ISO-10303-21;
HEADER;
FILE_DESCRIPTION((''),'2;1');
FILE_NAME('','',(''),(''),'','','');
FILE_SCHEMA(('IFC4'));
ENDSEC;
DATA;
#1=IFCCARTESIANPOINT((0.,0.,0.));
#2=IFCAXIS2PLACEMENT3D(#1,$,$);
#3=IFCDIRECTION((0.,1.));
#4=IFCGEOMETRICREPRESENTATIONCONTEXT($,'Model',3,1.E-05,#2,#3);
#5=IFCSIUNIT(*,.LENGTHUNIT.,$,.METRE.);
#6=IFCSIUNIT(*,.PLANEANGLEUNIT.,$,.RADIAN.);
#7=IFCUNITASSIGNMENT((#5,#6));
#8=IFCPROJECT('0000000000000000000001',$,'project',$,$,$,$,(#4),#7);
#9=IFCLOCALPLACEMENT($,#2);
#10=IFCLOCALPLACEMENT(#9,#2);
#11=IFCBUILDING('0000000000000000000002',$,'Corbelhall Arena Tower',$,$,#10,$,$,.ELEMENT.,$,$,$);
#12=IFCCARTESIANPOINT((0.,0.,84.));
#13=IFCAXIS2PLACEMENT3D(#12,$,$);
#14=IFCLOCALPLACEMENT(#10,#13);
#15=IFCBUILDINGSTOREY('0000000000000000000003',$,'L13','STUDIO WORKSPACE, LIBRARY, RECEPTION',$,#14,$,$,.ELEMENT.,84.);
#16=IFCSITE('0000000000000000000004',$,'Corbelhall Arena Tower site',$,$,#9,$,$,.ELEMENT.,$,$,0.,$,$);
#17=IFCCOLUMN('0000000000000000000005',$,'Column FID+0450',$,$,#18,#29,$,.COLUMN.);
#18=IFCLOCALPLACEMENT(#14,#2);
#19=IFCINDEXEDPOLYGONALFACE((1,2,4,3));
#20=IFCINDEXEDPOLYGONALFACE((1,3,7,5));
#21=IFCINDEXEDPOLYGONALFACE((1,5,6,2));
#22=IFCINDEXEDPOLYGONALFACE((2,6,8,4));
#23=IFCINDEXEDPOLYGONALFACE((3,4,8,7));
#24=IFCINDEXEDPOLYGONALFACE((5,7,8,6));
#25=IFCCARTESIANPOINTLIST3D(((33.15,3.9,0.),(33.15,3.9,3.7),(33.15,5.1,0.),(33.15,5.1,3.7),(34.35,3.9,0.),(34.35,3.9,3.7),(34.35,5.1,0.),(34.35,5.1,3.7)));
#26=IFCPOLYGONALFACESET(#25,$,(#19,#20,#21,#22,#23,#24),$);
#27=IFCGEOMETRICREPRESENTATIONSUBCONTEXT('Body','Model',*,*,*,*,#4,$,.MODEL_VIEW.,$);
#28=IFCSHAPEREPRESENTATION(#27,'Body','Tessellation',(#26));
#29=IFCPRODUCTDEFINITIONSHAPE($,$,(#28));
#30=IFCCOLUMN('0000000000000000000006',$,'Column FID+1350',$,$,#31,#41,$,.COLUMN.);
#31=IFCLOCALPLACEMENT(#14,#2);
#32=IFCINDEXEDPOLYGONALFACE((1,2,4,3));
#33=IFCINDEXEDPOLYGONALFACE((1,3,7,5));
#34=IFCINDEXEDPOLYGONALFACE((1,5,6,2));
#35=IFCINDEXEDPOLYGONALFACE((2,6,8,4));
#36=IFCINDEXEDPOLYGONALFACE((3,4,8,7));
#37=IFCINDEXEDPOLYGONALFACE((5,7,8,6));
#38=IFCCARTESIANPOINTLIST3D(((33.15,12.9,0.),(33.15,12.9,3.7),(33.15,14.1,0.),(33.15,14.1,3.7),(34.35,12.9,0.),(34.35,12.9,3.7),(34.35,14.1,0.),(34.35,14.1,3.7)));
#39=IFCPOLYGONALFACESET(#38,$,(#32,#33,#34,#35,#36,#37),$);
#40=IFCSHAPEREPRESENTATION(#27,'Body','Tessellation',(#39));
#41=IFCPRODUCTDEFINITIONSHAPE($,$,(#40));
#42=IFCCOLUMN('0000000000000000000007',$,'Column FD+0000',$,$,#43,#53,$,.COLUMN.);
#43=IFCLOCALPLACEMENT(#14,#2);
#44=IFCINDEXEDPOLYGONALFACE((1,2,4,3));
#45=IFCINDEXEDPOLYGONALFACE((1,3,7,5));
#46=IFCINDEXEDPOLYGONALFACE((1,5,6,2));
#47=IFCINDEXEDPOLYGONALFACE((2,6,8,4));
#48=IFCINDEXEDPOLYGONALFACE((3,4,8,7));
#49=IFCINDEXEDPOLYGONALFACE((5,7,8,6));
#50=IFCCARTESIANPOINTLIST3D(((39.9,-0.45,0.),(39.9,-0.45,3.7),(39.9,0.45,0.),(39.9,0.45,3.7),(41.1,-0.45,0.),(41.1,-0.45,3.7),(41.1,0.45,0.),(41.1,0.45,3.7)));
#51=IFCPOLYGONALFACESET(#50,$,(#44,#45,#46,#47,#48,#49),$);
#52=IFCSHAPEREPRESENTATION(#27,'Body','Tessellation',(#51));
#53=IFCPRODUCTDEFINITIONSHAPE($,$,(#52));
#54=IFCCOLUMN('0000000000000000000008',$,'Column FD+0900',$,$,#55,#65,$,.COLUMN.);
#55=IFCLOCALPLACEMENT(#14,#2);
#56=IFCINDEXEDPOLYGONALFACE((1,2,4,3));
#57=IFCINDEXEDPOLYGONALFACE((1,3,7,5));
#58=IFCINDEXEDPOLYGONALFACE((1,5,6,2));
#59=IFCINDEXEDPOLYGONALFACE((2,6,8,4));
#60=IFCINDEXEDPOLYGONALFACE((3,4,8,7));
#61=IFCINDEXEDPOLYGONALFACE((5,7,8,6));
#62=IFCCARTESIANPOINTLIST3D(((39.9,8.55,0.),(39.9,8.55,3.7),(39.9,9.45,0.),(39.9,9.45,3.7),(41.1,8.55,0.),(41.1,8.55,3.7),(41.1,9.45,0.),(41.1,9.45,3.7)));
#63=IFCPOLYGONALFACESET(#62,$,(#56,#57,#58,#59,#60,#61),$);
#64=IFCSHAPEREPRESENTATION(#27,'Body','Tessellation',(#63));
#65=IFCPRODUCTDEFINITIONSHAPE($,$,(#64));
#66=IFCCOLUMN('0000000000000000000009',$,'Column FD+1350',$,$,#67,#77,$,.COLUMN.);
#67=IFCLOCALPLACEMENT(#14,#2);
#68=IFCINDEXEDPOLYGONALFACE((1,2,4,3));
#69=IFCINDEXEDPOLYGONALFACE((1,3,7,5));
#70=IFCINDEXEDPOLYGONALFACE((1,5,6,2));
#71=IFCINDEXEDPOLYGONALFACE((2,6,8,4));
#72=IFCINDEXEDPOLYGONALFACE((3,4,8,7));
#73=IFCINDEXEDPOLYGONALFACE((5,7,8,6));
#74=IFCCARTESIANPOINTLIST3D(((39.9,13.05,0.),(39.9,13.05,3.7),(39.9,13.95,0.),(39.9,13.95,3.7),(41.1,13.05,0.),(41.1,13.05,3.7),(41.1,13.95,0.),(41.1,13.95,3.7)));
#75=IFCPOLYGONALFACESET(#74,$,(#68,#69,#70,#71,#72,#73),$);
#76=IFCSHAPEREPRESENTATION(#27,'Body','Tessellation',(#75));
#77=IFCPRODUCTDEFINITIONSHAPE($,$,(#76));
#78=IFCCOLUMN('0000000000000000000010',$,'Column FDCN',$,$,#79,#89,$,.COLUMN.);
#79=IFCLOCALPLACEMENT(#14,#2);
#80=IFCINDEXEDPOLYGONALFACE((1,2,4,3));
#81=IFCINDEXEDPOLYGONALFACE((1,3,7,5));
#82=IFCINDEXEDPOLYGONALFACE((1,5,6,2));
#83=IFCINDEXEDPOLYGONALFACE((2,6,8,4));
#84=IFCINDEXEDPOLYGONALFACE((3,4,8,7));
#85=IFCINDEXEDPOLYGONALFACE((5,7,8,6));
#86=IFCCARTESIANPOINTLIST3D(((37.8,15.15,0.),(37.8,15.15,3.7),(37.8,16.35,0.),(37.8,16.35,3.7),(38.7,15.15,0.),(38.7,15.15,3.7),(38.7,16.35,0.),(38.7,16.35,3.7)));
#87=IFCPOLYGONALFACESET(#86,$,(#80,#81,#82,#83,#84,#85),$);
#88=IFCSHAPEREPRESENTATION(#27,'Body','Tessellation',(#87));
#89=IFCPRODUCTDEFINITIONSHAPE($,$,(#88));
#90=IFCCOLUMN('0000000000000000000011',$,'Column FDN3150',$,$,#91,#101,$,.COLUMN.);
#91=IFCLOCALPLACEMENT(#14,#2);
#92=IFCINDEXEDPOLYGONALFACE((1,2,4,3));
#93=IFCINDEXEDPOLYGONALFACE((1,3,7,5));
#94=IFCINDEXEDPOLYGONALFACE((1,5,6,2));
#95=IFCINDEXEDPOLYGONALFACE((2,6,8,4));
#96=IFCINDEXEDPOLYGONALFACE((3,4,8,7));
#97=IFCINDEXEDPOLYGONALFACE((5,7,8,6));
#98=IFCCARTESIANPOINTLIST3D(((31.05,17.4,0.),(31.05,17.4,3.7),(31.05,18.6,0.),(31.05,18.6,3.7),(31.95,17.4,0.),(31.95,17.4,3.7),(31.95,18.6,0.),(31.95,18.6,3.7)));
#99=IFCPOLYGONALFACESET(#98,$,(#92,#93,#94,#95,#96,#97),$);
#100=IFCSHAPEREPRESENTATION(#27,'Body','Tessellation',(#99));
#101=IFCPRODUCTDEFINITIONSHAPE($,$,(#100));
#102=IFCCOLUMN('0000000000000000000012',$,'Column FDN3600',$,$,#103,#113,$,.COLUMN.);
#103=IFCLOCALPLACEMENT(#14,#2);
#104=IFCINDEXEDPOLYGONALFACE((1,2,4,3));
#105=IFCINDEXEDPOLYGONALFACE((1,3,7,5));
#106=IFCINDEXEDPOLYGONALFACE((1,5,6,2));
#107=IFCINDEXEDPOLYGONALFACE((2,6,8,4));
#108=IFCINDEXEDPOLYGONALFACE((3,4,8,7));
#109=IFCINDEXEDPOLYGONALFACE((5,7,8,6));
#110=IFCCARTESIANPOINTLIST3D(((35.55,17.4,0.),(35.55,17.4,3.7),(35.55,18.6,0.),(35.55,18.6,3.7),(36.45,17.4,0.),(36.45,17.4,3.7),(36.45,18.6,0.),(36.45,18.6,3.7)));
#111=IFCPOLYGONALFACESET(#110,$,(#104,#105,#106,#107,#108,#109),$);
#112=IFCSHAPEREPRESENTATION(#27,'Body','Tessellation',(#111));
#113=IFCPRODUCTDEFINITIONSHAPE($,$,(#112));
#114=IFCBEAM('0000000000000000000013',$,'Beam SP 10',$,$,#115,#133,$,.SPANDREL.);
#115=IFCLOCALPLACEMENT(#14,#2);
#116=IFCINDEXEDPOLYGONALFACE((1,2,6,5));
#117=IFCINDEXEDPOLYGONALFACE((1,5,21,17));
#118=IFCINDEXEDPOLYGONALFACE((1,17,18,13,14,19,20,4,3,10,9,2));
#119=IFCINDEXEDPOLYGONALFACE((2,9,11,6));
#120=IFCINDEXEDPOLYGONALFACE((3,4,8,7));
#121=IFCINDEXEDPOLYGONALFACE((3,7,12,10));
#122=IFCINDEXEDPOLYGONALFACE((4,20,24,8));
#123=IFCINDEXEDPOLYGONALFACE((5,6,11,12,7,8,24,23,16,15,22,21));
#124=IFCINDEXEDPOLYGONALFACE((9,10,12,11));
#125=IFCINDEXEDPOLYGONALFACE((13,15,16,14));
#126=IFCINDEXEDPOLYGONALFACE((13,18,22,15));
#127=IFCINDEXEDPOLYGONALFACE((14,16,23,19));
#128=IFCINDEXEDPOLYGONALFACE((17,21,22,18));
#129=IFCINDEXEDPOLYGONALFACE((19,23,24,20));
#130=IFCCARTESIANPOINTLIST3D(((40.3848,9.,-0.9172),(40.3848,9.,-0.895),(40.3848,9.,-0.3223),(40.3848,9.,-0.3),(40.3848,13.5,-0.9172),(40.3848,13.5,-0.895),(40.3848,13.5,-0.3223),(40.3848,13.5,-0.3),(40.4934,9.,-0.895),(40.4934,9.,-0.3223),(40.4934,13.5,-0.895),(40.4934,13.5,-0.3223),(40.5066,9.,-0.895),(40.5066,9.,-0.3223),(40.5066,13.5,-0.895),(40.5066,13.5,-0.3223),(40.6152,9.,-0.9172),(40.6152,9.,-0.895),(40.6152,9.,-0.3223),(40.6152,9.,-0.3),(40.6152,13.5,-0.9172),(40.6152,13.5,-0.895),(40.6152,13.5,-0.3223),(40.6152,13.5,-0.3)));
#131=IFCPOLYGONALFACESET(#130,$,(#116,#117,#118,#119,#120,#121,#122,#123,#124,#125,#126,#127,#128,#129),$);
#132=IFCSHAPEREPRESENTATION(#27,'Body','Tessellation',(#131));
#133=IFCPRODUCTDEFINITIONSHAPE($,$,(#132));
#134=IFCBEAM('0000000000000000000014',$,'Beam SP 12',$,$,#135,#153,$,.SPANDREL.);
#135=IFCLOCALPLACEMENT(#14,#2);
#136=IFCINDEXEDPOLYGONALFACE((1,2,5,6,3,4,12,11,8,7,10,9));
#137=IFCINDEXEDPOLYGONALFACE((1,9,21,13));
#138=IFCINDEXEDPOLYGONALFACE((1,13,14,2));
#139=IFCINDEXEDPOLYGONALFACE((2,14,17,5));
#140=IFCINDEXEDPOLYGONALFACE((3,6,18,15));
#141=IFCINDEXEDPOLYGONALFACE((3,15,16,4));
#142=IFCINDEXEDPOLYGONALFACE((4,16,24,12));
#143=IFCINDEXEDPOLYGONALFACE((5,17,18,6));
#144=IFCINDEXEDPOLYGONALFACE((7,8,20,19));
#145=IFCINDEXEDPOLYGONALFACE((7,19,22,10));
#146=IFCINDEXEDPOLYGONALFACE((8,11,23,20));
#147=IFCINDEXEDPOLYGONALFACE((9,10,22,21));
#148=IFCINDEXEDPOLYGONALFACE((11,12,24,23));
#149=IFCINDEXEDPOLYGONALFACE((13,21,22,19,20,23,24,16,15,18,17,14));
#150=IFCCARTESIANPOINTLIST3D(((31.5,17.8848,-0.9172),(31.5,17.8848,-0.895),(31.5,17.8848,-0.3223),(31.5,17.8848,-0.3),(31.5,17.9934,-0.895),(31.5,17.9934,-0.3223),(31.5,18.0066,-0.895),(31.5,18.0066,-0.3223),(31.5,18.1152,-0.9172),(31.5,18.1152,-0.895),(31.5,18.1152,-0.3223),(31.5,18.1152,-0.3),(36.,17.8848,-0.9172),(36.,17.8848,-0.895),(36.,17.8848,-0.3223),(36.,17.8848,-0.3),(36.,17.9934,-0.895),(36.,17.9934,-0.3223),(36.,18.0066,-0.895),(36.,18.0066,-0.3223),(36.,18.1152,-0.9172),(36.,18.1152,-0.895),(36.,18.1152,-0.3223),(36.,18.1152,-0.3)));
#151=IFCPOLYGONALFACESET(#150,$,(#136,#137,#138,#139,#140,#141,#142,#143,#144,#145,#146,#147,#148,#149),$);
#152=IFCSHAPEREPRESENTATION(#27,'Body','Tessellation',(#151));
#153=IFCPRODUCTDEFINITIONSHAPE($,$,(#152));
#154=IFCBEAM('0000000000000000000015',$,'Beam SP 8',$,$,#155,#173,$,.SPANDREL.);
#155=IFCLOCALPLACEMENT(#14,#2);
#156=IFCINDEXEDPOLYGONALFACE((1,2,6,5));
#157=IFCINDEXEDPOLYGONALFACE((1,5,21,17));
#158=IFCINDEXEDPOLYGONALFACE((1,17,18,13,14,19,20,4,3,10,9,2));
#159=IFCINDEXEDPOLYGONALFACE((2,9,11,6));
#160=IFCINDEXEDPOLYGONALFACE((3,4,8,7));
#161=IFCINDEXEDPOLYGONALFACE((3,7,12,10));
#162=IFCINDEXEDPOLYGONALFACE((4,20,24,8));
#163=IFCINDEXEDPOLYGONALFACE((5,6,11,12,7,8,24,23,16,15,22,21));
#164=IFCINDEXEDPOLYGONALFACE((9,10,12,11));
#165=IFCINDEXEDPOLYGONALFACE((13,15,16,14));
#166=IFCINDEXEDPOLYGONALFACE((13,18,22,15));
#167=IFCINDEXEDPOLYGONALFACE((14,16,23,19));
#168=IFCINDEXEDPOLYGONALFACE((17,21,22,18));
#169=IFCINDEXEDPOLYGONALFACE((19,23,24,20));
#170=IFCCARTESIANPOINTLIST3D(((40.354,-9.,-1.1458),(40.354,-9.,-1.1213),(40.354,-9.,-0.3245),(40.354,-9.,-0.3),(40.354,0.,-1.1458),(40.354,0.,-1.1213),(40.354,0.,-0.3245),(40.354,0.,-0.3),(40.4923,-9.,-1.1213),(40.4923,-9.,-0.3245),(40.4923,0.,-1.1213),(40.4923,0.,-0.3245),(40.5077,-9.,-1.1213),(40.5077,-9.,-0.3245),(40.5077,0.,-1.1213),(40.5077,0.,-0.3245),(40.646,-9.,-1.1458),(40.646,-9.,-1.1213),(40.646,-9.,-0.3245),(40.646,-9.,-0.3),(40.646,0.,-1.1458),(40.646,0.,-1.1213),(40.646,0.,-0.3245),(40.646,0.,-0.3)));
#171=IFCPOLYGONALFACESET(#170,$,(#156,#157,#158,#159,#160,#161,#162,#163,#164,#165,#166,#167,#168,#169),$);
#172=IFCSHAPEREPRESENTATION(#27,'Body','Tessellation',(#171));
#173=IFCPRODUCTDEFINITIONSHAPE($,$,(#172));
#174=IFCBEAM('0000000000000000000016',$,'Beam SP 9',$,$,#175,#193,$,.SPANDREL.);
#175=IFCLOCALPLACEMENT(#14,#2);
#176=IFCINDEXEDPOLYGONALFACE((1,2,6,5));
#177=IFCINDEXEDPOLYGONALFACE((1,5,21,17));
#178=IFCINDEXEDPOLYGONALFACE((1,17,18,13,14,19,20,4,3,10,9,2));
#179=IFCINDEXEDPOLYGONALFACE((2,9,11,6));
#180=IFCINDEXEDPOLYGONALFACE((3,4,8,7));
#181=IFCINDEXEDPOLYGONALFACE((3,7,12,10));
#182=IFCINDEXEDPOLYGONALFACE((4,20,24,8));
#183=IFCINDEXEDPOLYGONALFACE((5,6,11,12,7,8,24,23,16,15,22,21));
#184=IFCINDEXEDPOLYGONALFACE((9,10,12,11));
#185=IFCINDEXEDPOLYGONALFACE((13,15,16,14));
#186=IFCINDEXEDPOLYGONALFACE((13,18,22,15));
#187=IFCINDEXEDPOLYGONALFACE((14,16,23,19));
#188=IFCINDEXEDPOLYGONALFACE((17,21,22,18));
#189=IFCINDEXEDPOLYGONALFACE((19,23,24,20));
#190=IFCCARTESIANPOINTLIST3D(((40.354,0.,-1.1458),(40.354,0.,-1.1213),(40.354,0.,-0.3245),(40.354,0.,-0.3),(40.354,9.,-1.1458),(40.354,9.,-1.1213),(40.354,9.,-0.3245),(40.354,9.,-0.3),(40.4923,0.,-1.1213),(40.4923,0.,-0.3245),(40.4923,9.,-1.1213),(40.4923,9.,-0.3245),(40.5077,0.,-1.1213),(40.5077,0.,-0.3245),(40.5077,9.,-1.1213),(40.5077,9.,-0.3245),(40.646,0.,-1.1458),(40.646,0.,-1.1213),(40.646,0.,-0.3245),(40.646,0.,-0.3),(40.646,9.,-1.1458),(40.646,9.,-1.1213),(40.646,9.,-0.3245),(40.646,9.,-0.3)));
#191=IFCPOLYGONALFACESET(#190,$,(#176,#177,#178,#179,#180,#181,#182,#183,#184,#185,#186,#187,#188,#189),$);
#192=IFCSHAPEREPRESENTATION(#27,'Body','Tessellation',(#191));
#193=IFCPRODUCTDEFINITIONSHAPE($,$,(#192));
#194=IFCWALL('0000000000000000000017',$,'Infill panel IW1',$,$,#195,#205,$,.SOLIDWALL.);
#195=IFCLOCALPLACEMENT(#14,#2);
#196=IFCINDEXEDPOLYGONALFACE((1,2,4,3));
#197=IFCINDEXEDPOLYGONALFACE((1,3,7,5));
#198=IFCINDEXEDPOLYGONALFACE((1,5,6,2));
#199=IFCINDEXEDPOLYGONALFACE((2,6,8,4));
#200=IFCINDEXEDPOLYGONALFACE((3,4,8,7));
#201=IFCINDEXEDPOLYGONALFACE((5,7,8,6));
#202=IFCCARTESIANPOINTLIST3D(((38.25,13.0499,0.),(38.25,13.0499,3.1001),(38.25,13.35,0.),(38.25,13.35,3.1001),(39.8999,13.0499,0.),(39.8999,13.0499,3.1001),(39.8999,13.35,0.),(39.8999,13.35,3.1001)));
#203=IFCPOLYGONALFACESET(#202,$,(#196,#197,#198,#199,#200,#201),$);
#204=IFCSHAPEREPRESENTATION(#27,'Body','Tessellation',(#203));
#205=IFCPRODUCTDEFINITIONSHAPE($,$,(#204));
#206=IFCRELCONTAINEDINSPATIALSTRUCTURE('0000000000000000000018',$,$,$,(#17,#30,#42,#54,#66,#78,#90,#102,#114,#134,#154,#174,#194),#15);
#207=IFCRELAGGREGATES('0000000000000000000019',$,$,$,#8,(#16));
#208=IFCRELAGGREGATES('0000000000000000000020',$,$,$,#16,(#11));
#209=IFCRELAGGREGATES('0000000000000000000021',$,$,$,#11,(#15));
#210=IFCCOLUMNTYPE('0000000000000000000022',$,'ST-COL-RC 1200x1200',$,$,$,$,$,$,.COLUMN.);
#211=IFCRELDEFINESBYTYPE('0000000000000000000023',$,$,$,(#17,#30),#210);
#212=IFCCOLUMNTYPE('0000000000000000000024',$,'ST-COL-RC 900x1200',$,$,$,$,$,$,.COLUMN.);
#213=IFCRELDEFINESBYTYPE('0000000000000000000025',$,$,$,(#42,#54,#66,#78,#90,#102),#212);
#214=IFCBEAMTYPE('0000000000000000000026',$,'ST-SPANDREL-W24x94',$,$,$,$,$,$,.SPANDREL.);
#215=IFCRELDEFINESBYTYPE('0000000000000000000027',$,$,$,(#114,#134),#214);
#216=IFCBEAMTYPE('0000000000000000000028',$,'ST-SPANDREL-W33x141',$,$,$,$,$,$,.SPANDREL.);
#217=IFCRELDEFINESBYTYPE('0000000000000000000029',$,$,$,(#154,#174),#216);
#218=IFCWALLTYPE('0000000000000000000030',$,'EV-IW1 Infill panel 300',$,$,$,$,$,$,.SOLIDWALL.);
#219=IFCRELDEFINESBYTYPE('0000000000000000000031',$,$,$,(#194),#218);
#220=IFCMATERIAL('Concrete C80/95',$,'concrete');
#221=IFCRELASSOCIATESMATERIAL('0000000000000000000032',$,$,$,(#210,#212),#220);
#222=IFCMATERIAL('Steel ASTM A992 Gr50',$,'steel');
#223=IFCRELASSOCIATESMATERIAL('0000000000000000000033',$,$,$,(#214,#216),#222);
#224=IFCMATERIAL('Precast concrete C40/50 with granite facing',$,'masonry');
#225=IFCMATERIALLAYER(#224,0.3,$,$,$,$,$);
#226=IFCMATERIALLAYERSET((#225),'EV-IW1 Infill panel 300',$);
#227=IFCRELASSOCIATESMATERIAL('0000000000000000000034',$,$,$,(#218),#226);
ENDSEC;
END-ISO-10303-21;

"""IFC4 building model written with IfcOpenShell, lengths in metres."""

from ifc_helpers import new_model, si_unit, direction, frame, frame_2d, origin, origin_2d, place, context, subcontext, project, spatial, rectangle, i_section, extrude, material, layer, layer_set, material_profile, profile_set, type_object, element, save


model = new_model("IFC4")

# Units and contexts
model_context = context("Model", 3, precision=1e-05, world=origin(), true_north=direction((0.0, 1.0)))
body_context = subcontext(model_context, "Body", "Model", "MODEL_VIEW")
ifc_project = project(units=[si_unit("LENGTHUNIT", "METRE"), si_unit("PLANEANGLEUNIT", "RADIAN")], contexts=[model_context])

# Site, building, storey
site_placement = place(None, origin())
site = spatial("IfcSite", under=ifc_project, at=site_placement, Name="Corbelhall Arena Tower site", CompositionType="ELEMENT", RefElevation=0.0)
building_placement = place(site_placement, origin())
building = spatial("IfcBuilding", under=site, at=building_placement, Name="Corbelhall Arena Tower", CompositionType="ELEMENT")
storey_placement = place(building_placement, frame((0.0, 0.0, 84.0)))
storey = spatial("IfcBuildingStorey", under=building, at=storey_placement, Name="L13", Description="STUDIO WORKSPACE, LIBRARY, RECEPTION", CompositionType="ELEMENT", Elevation=84.0)

# Columns
ifc_material_1 = material(Name="Concrete C80/95", Category="concrete")
ifc_material_profile_1 = material_profile(ifc_material_1, rectangle(XDim=1.2, YDim=1.2, at=origin_2d()))
ifc_profile_set_1 = profile_set([ifc_material_profile_1], Name="Concrete C80/95")
column_type_1 = type_object("IfcColumnType", Name="ST-COL-RC 1200x1200", PredefinedType="COLUMN", material=ifc_profile_set_1)
for number, where, z_axis, x_axis, name in (
    (1, (33.75, 4.5, 0.0), (0.0, 0.0, 1.0), (1.0, 0.0, 0.0), "Column FID+0450"),
    (2, (33.75, 13.5, 0.0), (0.0, 0.0, 1.0), (1.0, 0.0, 0.0), "Column FID+1350"),
):
    element("IfcColumn", number, at=place(storey_placement, frame(where, z_axis=z_axis, x_axis=x_axis)), inside=storey, type_object=column_type_1, Name=name, PredefinedType="COLUMN", context=body_context, shape_type="SweptSolid", body=[
        extrude(rectangle(XDim=1.2, YDim=1.2, at=origin_2d()), origin(), (0.0, 0.0, 1.0), 3.7),
    ])
ifc_material_profile_2 = material_profile(ifc_material_1, rectangle(XDim=0.8999, YDim=1.2, at=origin_2d()))
ifc_profile_set_2 = profile_set([ifc_material_profile_2], Name="Concrete C80/95")
column_type_2 = type_object("IfcColumnType", Name="ST-COL-RC 900x1200", PredefinedType="COLUMN", material=ifc_profile_set_2)
for number, where, z_axis, x_axis, name in (
    (3, (40.5, 0.0, 0.0), (0.0, 0.0, 1.0), (0.0, 1.0, 0.0), "Column FD+0000"),
    (4, (40.5, 9.0, 0.0), (0.0, 0.0, 1.0), (0.0, 1.0, 0.0), "Column FD+0900"),
    (5, (40.5, 13.5, 0.0), (0.0, 0.0, 1.0), (0.0, 1.0, 0.0), "Column FD+1350"),
    (6, (38.25, 15.75, 0.0), (0.0, 0.0, 1.0), (1.0, 0.0, 0.0), "Column FDCN"),
    (7, (31.5, 18.0, 0.0), (0.0, 0.0, 1.0), (1.0, 0.0, 0.0), "Column FDN3150"),
    (8, (36.0, 18.0, 0.0), (0.0, 0.0, 1.0), (1.0, 0.0, 0.0), "Column FDN3600"),
):
    element("IfcColumn", number, at=place(storey_placement, frame(where, z_axis=z_axis, x_axis=x_axis)), inside=storey, type_object=column_type_2, Name=name, PredefinedType="COLUMN", context=body_context, shape_type="SweptSolid", body=[
        extrude(rectangle(XDim=0.8999, YDim=1.2, at=origin_2d()), origin(), (0.0, 0.0, 1.0), 3.7),
    ])

# Beams
ifc_material_2 = material(Name="Steel ASTM A992 Gr50", Category="steel")
ifc_material_profile_3 = material_profile(ifc_material_2, i_section(OverallWidth=0.2305, OverallDepth=0.6172, WebThickness=0.0132, FlangeThickness=0.0222, at=origin_2d()))
ifc_profile_set_3 = profile_set([ifc_material_profile_3], Name="Steel ASTM A992 Gr50")
beam_type_1 = type_object("IfcBeamType", Name="ST-SPANDREL-W24x94", PredefinedType="SPANDREL", material=ifc_profile_set_3)
for number, where, z_axis, x_axis, name in (
    (9, (40.5, 13.5, -0.6086), (0.0, -1.0, 0.0), (1.0, 0.0, 0.0), "Beam SP 10"),
    (10, (31.5, 18.0, -0.6086), (1.0, 0.0, 0.0), (0.0, 1.0, 0.0), "Beam SP 12"),
):
    element("IfcBeam", number, at=place(storey_placement, frame(where, z_axis=z_axis, x_axis=x_axis)), inside=storey, type_object=beam_type_1, Name=name, PredefinedType="SPANDREL", context=body_context, shape_type="SweptSolid", body=[
        extrude(i_section(OverallWidth=0.2305, OverallDepth=0.6172, WebThickness=0.0132, FlangeThickness=0.0222, at=origin_2d()), origin(), (0.0, 0.0, 1.0), 4.5),
    ])
ifc_material_profile_4 = material_profile(ifc_material_2, i_section(OverallWidth=0.292, OverallDepth=0.8457, WebThickness=0.0154, FlangeThickness=0.0244, at=origin_2d()))
ifc_profile_set_4 = profile_set([ifc_material_profile_4], Name="Steel ASTM A992 Gr50")
beam_type_2 = type_object("IfcBeamType", Name="ST-SPANDREL-W33x141", PredefinedType="SPANDREL", material=ifc_profile_set_4)
for number, where, z_axis, x_axis, name in (
    (11, (40.5, 0.0, -0.7229), (0.0, -1.0, 0.0), (1.0, 0.0, 0.0), "Beam SP 8"),
    (12, (40.5, 9.0, -0.7229), (0.0, -1.0, 0.0), (1.0, 0.0, 0.0), "Beam SP 9"),
):
    element("IfcBeam", number, at=place(storey_placement, frame(where, z_axis=z_axis, x_axis=x_axis)), inside=storey, type_object=beam_type_2, Name=name, PredefinedType="SPANDREL", context=body_context, shape_type="SweptSolid", body=[
        extrude(i_section(OverallWidth=0.292, OverallDepth=0.8457, WebThickness=0.0154, FlangeThickness=0.0244, at=origin_2d()), origin(), (0.0, 0.0, 1.0), 9.0),
    ])

# Wall
ifc_material_3 = material(Name="Precast concrete C40/50 with granite facing", Category="masonry")
ifc_layer_1 = layer(ifc_material_3, 0.3)
ifc_layer_set_1 = layer_set([ifc_layer_1], Name="EV-IW1 Infill panel 300")
wall_type_1 = type_object("IfcWallType", Name="EV-IW1 Infill panel 300", PredefinedType="SOLIDWALL", material=ifc_layer_set_1)
wall_1_placement = place(storey_placement, frame((39.8999, 13.2, 0.0), z_axis=(0.0, 0.0, 1.0), x_axis=(-1.0, 0.0, 0.0)))
element("IfcWall", 13, at=wall_1_placement, inside=storey, type_object=wall_type_1, Name="Infill panel IW1", PredefinedType="SOLIDWALL", context=body_context, shape_type="SweptSolid", body=[
    extrude(rectangle(XDim=1.6499, YDim=0.3, at=frame_2d((0.825, 0.0))), origin(), (0.0, 0.0, 1.0), 3.1001),
])

save(model, "model.ifc")
